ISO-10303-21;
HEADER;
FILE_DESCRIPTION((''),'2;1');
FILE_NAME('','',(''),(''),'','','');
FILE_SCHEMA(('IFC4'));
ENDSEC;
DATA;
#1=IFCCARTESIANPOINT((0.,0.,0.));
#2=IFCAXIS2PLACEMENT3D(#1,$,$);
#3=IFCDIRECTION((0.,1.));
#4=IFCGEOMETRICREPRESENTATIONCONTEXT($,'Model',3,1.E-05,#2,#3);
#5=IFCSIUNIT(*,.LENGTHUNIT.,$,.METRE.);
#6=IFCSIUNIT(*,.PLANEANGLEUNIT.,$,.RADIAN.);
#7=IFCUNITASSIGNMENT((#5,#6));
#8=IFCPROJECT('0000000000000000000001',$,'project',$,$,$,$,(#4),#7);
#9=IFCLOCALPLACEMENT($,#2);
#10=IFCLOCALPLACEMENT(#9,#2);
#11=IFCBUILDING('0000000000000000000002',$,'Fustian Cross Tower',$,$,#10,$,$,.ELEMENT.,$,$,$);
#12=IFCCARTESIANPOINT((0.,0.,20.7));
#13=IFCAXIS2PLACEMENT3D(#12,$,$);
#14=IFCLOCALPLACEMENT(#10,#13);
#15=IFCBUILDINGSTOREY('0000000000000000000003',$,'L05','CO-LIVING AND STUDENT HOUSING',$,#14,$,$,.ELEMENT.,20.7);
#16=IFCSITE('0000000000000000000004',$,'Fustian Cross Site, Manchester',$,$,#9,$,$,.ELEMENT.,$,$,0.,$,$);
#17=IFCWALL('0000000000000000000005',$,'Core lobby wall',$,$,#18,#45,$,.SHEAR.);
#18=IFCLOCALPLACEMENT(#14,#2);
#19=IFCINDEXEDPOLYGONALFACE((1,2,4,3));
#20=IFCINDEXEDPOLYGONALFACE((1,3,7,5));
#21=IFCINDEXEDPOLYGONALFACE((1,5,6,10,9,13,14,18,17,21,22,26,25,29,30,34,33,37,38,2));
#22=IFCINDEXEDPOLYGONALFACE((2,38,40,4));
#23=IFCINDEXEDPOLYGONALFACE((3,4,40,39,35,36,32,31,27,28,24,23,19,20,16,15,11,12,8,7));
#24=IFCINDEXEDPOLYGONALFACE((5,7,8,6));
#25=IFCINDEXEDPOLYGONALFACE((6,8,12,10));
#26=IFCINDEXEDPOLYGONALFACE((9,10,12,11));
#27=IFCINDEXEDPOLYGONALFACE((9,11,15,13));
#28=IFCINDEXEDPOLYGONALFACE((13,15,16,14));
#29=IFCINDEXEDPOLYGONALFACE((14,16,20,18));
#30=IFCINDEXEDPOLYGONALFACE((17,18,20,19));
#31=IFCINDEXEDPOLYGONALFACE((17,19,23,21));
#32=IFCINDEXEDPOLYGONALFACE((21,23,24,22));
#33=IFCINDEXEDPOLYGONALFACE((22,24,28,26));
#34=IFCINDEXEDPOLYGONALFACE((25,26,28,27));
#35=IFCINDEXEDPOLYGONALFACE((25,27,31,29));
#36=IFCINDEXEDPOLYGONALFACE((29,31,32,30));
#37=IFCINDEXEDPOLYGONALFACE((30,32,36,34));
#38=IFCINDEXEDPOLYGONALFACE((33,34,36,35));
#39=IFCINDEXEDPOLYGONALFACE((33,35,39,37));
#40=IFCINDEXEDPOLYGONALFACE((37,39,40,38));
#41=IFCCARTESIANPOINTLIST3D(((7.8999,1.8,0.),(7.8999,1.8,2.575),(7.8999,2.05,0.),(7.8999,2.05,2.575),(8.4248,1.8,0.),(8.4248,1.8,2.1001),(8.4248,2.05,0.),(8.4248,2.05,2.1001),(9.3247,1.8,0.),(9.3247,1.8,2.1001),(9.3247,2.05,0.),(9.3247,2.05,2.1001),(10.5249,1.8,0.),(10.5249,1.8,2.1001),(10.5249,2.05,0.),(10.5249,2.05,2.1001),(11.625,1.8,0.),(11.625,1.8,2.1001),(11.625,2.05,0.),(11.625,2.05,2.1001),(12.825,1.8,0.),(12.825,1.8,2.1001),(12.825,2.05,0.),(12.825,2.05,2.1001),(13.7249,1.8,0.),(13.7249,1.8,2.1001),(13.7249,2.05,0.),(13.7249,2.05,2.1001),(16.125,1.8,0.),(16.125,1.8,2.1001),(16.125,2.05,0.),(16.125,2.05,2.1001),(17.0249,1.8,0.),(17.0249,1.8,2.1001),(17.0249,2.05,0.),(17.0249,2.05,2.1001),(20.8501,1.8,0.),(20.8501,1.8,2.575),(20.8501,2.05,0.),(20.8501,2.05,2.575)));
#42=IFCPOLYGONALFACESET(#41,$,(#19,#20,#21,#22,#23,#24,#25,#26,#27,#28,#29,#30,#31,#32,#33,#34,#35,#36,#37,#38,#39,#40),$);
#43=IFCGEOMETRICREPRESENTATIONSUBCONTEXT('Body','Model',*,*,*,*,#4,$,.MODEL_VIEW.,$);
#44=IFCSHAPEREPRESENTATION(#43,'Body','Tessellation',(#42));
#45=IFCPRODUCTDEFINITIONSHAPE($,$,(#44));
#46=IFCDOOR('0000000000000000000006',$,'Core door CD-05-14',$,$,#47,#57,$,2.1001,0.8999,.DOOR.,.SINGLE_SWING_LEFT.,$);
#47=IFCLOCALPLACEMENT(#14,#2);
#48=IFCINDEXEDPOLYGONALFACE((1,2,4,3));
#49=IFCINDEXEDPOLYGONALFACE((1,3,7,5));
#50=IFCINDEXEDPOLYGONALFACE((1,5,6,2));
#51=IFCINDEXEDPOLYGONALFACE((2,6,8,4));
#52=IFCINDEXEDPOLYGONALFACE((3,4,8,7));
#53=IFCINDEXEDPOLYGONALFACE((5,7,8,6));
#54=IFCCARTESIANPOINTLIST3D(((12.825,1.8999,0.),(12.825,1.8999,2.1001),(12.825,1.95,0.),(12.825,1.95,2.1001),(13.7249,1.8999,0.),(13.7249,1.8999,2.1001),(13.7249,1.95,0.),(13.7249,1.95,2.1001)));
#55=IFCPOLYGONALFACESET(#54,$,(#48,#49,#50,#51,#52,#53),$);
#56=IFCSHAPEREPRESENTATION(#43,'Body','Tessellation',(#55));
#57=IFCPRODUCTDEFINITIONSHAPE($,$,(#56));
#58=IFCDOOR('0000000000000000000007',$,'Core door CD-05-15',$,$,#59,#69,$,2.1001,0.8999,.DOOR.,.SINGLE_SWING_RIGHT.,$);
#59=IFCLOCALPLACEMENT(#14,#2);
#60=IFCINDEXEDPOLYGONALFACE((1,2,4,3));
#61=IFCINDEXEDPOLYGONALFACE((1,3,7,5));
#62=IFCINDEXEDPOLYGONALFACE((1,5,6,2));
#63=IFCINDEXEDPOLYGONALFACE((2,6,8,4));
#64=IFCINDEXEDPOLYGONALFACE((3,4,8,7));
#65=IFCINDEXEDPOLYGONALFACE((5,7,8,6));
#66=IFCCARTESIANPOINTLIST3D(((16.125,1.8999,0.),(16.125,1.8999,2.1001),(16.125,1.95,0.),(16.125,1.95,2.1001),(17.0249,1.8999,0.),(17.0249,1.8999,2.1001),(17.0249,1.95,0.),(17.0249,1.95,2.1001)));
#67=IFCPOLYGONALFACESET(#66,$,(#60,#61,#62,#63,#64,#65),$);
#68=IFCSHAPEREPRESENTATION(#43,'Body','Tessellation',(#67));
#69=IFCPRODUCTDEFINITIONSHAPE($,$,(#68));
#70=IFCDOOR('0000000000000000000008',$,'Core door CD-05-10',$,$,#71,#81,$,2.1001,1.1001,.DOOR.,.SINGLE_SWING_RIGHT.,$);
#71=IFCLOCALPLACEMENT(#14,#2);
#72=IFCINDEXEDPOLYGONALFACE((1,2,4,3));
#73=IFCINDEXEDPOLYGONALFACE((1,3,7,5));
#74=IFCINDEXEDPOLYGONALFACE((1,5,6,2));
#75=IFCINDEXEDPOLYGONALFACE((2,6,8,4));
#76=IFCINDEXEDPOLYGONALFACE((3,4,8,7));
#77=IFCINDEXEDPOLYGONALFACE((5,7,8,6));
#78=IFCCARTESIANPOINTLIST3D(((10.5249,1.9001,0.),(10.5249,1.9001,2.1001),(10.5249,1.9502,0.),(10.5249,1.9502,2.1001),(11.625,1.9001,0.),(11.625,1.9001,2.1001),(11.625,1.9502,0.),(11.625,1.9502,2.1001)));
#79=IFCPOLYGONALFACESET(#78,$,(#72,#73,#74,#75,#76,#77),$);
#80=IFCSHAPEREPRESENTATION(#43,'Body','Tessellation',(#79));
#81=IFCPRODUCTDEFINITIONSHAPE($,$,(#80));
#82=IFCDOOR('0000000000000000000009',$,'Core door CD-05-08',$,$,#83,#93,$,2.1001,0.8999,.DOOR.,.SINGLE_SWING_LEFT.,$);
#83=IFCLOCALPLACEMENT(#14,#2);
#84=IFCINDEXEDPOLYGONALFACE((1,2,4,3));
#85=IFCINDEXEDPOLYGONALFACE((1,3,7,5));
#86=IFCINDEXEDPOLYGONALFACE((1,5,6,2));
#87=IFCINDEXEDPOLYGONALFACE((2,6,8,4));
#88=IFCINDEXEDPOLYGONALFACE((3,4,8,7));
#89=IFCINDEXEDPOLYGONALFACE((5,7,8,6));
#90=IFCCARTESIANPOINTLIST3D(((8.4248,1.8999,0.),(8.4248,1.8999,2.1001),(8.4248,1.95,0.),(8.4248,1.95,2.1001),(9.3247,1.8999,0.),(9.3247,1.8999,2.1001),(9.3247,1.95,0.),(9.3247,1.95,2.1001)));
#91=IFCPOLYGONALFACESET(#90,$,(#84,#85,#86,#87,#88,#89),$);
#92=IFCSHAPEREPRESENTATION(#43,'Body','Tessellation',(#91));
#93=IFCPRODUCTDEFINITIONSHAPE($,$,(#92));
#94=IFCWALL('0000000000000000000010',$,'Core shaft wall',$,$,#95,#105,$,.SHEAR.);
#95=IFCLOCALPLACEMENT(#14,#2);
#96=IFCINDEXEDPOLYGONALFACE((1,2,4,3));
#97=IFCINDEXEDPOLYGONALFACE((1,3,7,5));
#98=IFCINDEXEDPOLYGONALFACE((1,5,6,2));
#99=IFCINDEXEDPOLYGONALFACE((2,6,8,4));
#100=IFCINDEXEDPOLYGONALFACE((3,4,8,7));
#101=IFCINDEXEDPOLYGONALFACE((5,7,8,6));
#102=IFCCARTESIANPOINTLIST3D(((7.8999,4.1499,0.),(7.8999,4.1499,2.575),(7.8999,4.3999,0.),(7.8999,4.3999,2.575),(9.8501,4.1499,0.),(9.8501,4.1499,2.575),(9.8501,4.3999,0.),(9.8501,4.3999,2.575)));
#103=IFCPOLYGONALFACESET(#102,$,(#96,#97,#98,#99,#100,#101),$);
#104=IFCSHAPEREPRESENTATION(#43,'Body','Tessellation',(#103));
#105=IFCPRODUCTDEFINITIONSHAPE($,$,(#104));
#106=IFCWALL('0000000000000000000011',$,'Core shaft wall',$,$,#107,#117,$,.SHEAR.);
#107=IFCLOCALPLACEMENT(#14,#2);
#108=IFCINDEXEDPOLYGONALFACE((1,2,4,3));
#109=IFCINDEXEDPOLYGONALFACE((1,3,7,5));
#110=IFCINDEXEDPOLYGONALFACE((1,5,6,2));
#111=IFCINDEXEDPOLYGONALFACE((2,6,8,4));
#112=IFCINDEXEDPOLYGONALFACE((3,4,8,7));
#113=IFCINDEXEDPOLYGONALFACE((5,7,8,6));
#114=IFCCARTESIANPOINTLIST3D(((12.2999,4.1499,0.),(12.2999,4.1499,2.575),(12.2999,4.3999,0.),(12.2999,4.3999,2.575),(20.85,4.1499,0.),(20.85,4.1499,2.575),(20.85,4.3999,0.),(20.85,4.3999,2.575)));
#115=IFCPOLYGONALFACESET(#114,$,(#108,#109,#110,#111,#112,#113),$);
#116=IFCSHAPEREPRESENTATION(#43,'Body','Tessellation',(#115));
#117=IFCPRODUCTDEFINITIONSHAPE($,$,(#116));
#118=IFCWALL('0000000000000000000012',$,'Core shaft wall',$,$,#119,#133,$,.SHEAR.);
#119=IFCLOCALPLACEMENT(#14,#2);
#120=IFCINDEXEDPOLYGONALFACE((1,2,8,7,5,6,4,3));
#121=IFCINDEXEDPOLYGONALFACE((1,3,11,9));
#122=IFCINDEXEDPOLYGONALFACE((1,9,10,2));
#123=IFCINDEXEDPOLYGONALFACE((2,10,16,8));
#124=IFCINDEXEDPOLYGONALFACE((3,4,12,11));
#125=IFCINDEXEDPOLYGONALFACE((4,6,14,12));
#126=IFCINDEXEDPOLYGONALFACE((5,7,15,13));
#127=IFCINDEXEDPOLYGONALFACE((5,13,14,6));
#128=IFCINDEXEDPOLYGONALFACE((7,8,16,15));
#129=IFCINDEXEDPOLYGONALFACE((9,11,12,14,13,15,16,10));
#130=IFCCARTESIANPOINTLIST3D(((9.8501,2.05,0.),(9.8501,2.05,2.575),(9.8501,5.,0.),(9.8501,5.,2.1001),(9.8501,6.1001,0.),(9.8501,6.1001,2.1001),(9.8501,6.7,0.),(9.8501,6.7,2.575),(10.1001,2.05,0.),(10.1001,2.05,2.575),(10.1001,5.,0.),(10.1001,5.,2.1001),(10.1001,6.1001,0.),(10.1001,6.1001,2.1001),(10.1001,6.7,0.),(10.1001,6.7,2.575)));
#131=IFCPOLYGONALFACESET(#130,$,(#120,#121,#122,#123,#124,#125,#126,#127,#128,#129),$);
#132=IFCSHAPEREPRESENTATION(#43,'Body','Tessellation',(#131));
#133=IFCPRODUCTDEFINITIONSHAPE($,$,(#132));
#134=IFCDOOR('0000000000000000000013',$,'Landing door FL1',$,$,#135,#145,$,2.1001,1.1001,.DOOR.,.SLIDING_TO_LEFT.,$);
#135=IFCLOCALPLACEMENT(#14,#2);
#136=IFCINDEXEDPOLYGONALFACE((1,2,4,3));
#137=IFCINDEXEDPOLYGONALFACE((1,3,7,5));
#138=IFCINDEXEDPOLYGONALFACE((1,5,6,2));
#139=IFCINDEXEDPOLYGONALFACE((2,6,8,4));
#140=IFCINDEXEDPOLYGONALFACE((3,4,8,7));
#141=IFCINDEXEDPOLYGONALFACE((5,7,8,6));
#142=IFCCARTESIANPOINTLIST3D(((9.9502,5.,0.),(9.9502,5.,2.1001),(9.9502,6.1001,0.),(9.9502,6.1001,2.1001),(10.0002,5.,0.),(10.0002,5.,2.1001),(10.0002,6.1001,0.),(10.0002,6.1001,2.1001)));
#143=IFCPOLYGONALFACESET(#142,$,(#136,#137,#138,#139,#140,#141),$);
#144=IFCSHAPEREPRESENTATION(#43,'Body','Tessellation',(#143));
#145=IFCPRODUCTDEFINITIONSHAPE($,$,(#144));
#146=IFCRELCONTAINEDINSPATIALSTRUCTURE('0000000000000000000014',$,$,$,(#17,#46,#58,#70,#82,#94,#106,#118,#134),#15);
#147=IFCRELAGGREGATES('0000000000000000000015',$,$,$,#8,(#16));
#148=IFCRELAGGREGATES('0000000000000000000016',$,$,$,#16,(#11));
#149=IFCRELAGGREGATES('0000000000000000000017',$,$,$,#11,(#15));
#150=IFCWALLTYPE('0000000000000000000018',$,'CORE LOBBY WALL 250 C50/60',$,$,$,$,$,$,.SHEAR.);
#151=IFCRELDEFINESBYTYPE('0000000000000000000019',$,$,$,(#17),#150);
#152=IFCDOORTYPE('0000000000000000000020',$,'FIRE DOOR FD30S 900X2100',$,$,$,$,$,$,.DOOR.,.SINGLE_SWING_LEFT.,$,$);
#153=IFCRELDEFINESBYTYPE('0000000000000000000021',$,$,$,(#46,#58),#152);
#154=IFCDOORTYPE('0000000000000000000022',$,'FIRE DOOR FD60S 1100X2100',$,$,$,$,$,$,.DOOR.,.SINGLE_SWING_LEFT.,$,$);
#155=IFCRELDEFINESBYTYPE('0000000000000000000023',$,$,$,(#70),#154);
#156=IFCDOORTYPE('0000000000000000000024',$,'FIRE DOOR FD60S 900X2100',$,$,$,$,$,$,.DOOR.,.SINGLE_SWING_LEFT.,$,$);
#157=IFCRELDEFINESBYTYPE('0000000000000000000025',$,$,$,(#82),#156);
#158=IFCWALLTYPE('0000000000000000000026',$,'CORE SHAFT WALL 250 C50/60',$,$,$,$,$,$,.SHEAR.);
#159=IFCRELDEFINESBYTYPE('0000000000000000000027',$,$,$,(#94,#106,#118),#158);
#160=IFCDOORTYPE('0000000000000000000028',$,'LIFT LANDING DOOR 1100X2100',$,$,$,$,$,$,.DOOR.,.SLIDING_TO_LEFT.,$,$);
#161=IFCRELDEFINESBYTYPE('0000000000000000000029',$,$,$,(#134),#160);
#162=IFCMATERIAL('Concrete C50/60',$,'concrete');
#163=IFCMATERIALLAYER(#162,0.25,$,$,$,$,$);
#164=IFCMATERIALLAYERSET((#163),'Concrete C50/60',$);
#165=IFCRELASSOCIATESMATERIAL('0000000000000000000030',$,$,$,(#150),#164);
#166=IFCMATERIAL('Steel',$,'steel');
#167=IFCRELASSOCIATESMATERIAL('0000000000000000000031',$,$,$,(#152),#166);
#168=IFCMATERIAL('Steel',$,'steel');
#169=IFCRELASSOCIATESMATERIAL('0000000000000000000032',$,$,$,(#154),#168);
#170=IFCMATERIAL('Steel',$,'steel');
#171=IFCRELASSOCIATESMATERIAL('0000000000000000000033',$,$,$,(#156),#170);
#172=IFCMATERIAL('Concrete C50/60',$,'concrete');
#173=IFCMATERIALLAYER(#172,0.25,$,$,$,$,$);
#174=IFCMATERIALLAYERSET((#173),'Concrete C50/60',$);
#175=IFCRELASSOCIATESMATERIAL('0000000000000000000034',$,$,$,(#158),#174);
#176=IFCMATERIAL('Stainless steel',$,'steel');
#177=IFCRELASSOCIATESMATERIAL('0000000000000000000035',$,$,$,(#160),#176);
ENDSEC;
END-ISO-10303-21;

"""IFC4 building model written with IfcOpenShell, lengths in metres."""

from ifc_helpers import new_model, si_unit, direction, frame, frame_2d, origin, place, context, subcontext, project, spatial, rectangle, extrude, material, layer, layer_set, type_object, element, fill, save


model = new_model("IFC4")

# Units and contexts
model_context = context("Model", 3, precision=1e-05, world=origin(), true_north=direction((0.0, 1.0)))
body_context = subcontext(model_context, "Body", "Model", "MODEL_VIEW")
ifc_project = project(units=[si_unit("LENGTHUNIT", "METRE"), si_unit("PLANEANGLEUNIT", "RADIAN")], contexts=[model_context])

# Site, building, storey
site_placement = place(None, origin())
site = spatial("IfcSite", under=ifc_project, at=site_placement, Name="Fustian Cross Site, Manchester", CompositionType="ELEMENT", RefElevation=0.0)
building_placement = place(site_placement, origin())
building = spatial("IfcBuilding", under=site, at=building_placement, Name="Fustian Cross Tower", CompositionType="ELEMENT")
storey_placement = place(building_placement, frame((0.0, 0.0, 20.7)))
storey = spatial("IfcBuildingStorey", under=building, at=storey_placement, Name="L05", Description="CO-LIVING AND STUDENT HOUSING", CompositionType="ELEMENT", Elevation=20.7)

# Wall, openings, doors
ifc_material_1 = material(Name="Concrete C50/60", Category="concrete")
ifc_layer_1 = layer(ifc_material_1, 0.25)
ifc_layer_set_1 = layer_set([ifc_layer_1], Name="Concrete C50/60")
wall_type_1 = type_object("IfcWallType", Name="CORE LOBBY WALL 250 C50/60", PredefinedType="SHEAR", material=ifc_layer_set_1)
wall_1_placement = place(storey_placement, frame((7.8999, 1.925, 0.0), z_axis=(0.0, 0.0, 1.0), x_axis=(1.0, 0.0, 0.0)))
wall_1 = element("IfcWall", 1, at=wall_1_placement, inside=storey, type_object=wall_type_1, Name="Core lobby wall", PredefinedType="SHEAR", context=body_context, shape_type="SweptSolid", body=[
    extrude(rectangle(XDim=12.9502, YDim=0.25, at=frame_2d((6.4751, 0.0))), origin(), (0.0, 0.0, 1.0), 2.575),
])
opening_1_placement = place(wall_1_placement, frame((0.5249, 0.0, 0.0)))
opening_1 = element("IfcOpeningElement", 2, at=opening_1_placement, cuts=wall_1, PredefinedType="OPENING", context=body_context, shape_type="SweptSolid", body=[
    extrude(rectangle(XDim=0.8999, YDim=2.1001, at=frame_2d((0.45, 1.05))), frame((0.0, 0.135, 0.0), z_axis=(0.0, -1.0, 0.0), x_axis=(1.0, 0.0, 0.0)), (0.0, 0.0, 1.0), 0.27),
])
opening_2_placement = place(wall_1_placement, frame((2.625, 0.0, 0.0)))
opening_2 = element("IfcOpeningElement", 3, at=opening_2_placement, cuts=wall_1, PredefinedType="OPENING", context=body_context, shape_type="SweptSolid", body=[
    extrude(rectangle(XDim=1.1001, YDim=2.1001, at=frame_2d((0.55, 1.05))), frame((0.0, 0.135, 0.0), z_axis=(0.0, -1.0, 0.0), x_axis=(1.0, 0.0, 0.0)), (0.0, 0.0, 1.0), 0.27),
])
opening_3_placement = place(wall_1_placement, frame((4.925, 0.0, 0.0)))
opening_3 = element("IfcOpeningElement", 4, at=opening_3_placement, cuts=wall_1, PredefinedType="OPENING", context=body_context, shape_type="SweptSolid", body=[
    extrude(rectangle(XDim=0.8999, YDim=2.1001, at=frame_2d((0.45, 1.05))), frame((0.0, 0.135, 0.0), z_axis=(0.0, -1.0, 0.0), x_axis=(1.0, 0.0, 0.0)), (0.0, 0.0, 1.0), 0.27),
])
opening_4_placement = place(wall_1_placement, frame((8.2251, 0.0, 0.0)))
opening_4 = element("IfcOpeningElement", 5, at=opening_4_placement, cuts=wall_1, PredefinedType="OPENING", context=body_context, shape_type="SweptSolid", body=[
    extrude(rectangle(XDim=0.8999, YDim=2.1001, at=frame_2d((0.45, 1.05))), frame((0.0, 0.135, 0.0), z_axis=(0.0, -1.0, 0.0), x_axis=(1.0, 0.0, 0.0)), (0.0, 0.0, 1.0), 0.27),
])
ifc_material_2 = material(Name="Steel", Category="steel")
door_type_1 = type_object("IfcDoorType", Name="FIRE DOOR FD30S 900X2100", OperationType="SINGLE_SWING_LEFT", PredefinedType="DOOR", material=ifc_material_2)
door_1_placement = place(opening_3_placement, origin())
door_1 = element("IfcDoor", 6, at=door_1_placement, inside=storey, type_object=door_type_1, Name="Core door CD-05-14", OperationType="SINGLE_SWING_LEFT", OverallHeight=2.1001, OverallWidth=0.8999, PredefinedType="DOOR", context=body_context, shape_type="SweptSolid", body=[
    extrude(rectangle(XDim=0.8999, YDim=2.1001, at=frame_2d((0.45, 1.05))), frame((0.0, 0.0249, 0.0), z_axis=(0.0, -1.0, 0.0), x_axis=(1.0, 0.0, 0.0)), (0.0, 0.0, 1.0), 0.05),
])
fill(opening_3, door_1)
door_2_placement = place(opening_4_placement, origin())
door_2 = element("IfcDoor", 7, at=door_2_placement, inside=storey, type_object=door_type_1, Name="Core door CD-05-15", OperationType="SINGLE_SWING_RIGHT", OverallHeight=2.1001, OverallWidth=0.8999, PredefinedType="DOOR", context=body_context, shape_type="SweptSolid", body=[
    extrude(rectangle(XDim=0.8999, YDim=2.1001, at=frame_2d((0.45, 1.05))), frame((0.0, 0.0249, 0.0), z_axis=(0.0, -1.0, 0.0), x_axis=(1.0, 0.0, 0.0)), (0.0, 0.0, 1.0), 0.05),
])
fill(opening_4, door_2)
ifc_material_3 = material(Name="Steel", Category="steel")
door_type_2 = type_object("IfcDoorType", Name="FIRE DOOR FD60S 1100X2100", OperationType="SINGLE_SWING_LEFT", PredefinedType="DOOR", material=ifc_material_3)
door_3_placement = place(opening_2_placement, frame((1.1001, 0.0, 0.0), z_axis=(0.0, 0.0, 1.0), x_axis=(-1.0, 0.0, 0.0)))
door_3 = element("IfcDoor", 8, at=door_3_placement, inside=storey, type_object=door_type_2, Name="Core door CD-05-10", OperationType="SINGLE_SWING_RIGHT", OverallHeight=2.1001, OverallWidth=1.1001, PredefinedType="DOOR", context=body_context, shape_type="SweptSolid", body=[
    extrude(rectangle(XDim=1.1001, YDim=2.1001, at=frame_2d((0.55, 1.05))), frame((0.0, 0.0249, 0.0), z_axis=(0.0, -1.0, 0.0), x_axis=(1.0, 0.0, 0.0)), (0.0, 0.0, 1.0), 0.05),
])
fill(opening_2, door_3)
ifc_material_4 = material(Name="Steel", Category="steel")
door_type_3 = type_object("IfcDoorType", Name="FIRE DOOR FD60S 900X2100", OperationType="SINGLE_SWING_LEFT", PredefinedType="DOOR", material=ifc_material_4)
door_4_placement = place(opening_1_placement, origin())
door_4 = element("IfcDoor", 9, at=door_4_placement, inside=storey, type_object=door_type_3, Name="Core door CD-05-08", OperationType="SINGLE_SWING_LEFT", OverallHeight=2.1001, OverallWidth=0.8999, PredefinedType="DOOR", context=body_context, shape_type="SweptSolid", body=[
    extrude(rectangle(XDim=0.8999, YDim=2.1001, at=frame_2d((0.45, 1.05))), frame((0.0, 0.0249, 0.0), z_axis=(0.0, -1.0, 0.0), x_axis=(1.0, 0.0, 0.0)), (0.0, 0.0, 1.0), 0.05),
])
fill(opening_1, door_4)

# Walls
ifc_material_5 = material(Name="Concrete C50/60", Category="concrete")
ifc_layer_2 = layer(ifc_material_5, 0.25)
ifc_layer_set_2 = layer_set([ifc_layer_2], Name="Concrete C50/60")
wall_type_2 = type_object("IfcWallType", Name="CORE SHAFT WALL 250 C50/60", PredefinedType="SHEAR", material=ifc_layer_set_2)
wall_2_placement = place(storey_placement, frame((7.8999, 4.2749, 0.0), z_axis=(0.0, 0.0, 1.0), x_axis=(1.0, 0.0, 0.0)))
element("IfcWall", 10, at=wall_2_placement, inside=storey, type_object=wall_type_2, Name="Core shaft wall", PredefinedType="SHEAR", context=body_context, shape_type="SweptSolid", body=[
    extrude(rectangle(XDim=1.9502, YDim=0.25, at=frame_2d((0.9751, 0.0))), origin(), (0.0, 0.0, 1.0), 2.575),
])
wall_3_placement = place(storey_placement, frame((12.3, 4.2749, 0.0), z_axis=(0.0, 0.0, 1.0), x_axis=(1.0, 0.0, 0.0)))
element("IfcWall", 11, at=wall_3_placement, inside=storey, type_object=wall_type_2, Name="Core shaft wall", PredefinedType="SHEAR", context=body_context, shape_type="SweptSolid", body=[
    extrude(rectangle(XDim=8.55, YDim=0.25, at=frame_2d((4.2749, 0.0))), origin(), (0.0, 0.0, 1.0), 2.575),
])

# Wall, opening, door
wall_4_placement = place(storey_placement, frame((9.9751, 2.05, 0.0), z_axis=(0.0, 0.0, 1.0), x_axis=(0.0, 1.0, 0.0)))
wall_4 = element("IfcWall", 12, at=wall_4_placement, inside=storey, type_object=wall_type_2, Name="Core shaft wall", PredefinedType="SHEAR", context=body_context, shape_type="SweptSolid", body=[
    extrude(rectangle(XDim=4.6499, YDim=0.25, at=frame_2d((2.325, 0.0))), origin(), (0.0, 0.0, 1.0), 2.575),
])
opening_5_placement = place(wall_4_placement, frame((2.95, 0.0, 0.0)))
opening_5 = element("IfcOpeningElement", 13, at=opening_5_placement, cuts=wall_4, PredefinedType="OPENING", context=body_context, shape_type="SweptSolid", body=[
    extrude(rectangle(XDim=1.1001, YDim=2.1001, at=frame_2d((0.55, 1.05))), frame((0.0, 0.135, 0.0), z_axis=(0.0, -1.0, 0.0), x_axis=(1.0, 0.0, 0.0)), (0.0, 0.0, 1.0), 0.27),
])
ifc_material_6 = material(Name="Stainless steel", Category="steel")
door_type_4 = type_object("IfcDoorType", Name="LIFT LANDING DOOR 1100X2100", OperationType="SLIDING_TO_LEFT", PredefinedType="DOOR", material=ifc_material_6)
door_5_placement = place(opening_5_placement, origin())
door_5 = element("IfcDoor", 14, at=door_5_placement, inside=storey, type_object=door_type_4, Name="Landing door FL1", OperationType="SLIDING_TO_LEFT", OverallHeight=2.1001, OverallWidth=1.1001, PredefinedType="DOOR", context=body_context, shape_type="SweptSolid", body=[
    extrude(rectangle(XDim=1.1001, YDim=2.1001, at=frame_2d((0.55, 1.05))), frame((0.0, 0.0249, 0.0), z_axis=(0.0, -1.0, 0.0), x_axis=(1.0, 0.0, 0.0)), (0.0, 0.0, 1.0), 0.05),
])
fill(opening_5, door_5)

save(model, "model.ifc")
